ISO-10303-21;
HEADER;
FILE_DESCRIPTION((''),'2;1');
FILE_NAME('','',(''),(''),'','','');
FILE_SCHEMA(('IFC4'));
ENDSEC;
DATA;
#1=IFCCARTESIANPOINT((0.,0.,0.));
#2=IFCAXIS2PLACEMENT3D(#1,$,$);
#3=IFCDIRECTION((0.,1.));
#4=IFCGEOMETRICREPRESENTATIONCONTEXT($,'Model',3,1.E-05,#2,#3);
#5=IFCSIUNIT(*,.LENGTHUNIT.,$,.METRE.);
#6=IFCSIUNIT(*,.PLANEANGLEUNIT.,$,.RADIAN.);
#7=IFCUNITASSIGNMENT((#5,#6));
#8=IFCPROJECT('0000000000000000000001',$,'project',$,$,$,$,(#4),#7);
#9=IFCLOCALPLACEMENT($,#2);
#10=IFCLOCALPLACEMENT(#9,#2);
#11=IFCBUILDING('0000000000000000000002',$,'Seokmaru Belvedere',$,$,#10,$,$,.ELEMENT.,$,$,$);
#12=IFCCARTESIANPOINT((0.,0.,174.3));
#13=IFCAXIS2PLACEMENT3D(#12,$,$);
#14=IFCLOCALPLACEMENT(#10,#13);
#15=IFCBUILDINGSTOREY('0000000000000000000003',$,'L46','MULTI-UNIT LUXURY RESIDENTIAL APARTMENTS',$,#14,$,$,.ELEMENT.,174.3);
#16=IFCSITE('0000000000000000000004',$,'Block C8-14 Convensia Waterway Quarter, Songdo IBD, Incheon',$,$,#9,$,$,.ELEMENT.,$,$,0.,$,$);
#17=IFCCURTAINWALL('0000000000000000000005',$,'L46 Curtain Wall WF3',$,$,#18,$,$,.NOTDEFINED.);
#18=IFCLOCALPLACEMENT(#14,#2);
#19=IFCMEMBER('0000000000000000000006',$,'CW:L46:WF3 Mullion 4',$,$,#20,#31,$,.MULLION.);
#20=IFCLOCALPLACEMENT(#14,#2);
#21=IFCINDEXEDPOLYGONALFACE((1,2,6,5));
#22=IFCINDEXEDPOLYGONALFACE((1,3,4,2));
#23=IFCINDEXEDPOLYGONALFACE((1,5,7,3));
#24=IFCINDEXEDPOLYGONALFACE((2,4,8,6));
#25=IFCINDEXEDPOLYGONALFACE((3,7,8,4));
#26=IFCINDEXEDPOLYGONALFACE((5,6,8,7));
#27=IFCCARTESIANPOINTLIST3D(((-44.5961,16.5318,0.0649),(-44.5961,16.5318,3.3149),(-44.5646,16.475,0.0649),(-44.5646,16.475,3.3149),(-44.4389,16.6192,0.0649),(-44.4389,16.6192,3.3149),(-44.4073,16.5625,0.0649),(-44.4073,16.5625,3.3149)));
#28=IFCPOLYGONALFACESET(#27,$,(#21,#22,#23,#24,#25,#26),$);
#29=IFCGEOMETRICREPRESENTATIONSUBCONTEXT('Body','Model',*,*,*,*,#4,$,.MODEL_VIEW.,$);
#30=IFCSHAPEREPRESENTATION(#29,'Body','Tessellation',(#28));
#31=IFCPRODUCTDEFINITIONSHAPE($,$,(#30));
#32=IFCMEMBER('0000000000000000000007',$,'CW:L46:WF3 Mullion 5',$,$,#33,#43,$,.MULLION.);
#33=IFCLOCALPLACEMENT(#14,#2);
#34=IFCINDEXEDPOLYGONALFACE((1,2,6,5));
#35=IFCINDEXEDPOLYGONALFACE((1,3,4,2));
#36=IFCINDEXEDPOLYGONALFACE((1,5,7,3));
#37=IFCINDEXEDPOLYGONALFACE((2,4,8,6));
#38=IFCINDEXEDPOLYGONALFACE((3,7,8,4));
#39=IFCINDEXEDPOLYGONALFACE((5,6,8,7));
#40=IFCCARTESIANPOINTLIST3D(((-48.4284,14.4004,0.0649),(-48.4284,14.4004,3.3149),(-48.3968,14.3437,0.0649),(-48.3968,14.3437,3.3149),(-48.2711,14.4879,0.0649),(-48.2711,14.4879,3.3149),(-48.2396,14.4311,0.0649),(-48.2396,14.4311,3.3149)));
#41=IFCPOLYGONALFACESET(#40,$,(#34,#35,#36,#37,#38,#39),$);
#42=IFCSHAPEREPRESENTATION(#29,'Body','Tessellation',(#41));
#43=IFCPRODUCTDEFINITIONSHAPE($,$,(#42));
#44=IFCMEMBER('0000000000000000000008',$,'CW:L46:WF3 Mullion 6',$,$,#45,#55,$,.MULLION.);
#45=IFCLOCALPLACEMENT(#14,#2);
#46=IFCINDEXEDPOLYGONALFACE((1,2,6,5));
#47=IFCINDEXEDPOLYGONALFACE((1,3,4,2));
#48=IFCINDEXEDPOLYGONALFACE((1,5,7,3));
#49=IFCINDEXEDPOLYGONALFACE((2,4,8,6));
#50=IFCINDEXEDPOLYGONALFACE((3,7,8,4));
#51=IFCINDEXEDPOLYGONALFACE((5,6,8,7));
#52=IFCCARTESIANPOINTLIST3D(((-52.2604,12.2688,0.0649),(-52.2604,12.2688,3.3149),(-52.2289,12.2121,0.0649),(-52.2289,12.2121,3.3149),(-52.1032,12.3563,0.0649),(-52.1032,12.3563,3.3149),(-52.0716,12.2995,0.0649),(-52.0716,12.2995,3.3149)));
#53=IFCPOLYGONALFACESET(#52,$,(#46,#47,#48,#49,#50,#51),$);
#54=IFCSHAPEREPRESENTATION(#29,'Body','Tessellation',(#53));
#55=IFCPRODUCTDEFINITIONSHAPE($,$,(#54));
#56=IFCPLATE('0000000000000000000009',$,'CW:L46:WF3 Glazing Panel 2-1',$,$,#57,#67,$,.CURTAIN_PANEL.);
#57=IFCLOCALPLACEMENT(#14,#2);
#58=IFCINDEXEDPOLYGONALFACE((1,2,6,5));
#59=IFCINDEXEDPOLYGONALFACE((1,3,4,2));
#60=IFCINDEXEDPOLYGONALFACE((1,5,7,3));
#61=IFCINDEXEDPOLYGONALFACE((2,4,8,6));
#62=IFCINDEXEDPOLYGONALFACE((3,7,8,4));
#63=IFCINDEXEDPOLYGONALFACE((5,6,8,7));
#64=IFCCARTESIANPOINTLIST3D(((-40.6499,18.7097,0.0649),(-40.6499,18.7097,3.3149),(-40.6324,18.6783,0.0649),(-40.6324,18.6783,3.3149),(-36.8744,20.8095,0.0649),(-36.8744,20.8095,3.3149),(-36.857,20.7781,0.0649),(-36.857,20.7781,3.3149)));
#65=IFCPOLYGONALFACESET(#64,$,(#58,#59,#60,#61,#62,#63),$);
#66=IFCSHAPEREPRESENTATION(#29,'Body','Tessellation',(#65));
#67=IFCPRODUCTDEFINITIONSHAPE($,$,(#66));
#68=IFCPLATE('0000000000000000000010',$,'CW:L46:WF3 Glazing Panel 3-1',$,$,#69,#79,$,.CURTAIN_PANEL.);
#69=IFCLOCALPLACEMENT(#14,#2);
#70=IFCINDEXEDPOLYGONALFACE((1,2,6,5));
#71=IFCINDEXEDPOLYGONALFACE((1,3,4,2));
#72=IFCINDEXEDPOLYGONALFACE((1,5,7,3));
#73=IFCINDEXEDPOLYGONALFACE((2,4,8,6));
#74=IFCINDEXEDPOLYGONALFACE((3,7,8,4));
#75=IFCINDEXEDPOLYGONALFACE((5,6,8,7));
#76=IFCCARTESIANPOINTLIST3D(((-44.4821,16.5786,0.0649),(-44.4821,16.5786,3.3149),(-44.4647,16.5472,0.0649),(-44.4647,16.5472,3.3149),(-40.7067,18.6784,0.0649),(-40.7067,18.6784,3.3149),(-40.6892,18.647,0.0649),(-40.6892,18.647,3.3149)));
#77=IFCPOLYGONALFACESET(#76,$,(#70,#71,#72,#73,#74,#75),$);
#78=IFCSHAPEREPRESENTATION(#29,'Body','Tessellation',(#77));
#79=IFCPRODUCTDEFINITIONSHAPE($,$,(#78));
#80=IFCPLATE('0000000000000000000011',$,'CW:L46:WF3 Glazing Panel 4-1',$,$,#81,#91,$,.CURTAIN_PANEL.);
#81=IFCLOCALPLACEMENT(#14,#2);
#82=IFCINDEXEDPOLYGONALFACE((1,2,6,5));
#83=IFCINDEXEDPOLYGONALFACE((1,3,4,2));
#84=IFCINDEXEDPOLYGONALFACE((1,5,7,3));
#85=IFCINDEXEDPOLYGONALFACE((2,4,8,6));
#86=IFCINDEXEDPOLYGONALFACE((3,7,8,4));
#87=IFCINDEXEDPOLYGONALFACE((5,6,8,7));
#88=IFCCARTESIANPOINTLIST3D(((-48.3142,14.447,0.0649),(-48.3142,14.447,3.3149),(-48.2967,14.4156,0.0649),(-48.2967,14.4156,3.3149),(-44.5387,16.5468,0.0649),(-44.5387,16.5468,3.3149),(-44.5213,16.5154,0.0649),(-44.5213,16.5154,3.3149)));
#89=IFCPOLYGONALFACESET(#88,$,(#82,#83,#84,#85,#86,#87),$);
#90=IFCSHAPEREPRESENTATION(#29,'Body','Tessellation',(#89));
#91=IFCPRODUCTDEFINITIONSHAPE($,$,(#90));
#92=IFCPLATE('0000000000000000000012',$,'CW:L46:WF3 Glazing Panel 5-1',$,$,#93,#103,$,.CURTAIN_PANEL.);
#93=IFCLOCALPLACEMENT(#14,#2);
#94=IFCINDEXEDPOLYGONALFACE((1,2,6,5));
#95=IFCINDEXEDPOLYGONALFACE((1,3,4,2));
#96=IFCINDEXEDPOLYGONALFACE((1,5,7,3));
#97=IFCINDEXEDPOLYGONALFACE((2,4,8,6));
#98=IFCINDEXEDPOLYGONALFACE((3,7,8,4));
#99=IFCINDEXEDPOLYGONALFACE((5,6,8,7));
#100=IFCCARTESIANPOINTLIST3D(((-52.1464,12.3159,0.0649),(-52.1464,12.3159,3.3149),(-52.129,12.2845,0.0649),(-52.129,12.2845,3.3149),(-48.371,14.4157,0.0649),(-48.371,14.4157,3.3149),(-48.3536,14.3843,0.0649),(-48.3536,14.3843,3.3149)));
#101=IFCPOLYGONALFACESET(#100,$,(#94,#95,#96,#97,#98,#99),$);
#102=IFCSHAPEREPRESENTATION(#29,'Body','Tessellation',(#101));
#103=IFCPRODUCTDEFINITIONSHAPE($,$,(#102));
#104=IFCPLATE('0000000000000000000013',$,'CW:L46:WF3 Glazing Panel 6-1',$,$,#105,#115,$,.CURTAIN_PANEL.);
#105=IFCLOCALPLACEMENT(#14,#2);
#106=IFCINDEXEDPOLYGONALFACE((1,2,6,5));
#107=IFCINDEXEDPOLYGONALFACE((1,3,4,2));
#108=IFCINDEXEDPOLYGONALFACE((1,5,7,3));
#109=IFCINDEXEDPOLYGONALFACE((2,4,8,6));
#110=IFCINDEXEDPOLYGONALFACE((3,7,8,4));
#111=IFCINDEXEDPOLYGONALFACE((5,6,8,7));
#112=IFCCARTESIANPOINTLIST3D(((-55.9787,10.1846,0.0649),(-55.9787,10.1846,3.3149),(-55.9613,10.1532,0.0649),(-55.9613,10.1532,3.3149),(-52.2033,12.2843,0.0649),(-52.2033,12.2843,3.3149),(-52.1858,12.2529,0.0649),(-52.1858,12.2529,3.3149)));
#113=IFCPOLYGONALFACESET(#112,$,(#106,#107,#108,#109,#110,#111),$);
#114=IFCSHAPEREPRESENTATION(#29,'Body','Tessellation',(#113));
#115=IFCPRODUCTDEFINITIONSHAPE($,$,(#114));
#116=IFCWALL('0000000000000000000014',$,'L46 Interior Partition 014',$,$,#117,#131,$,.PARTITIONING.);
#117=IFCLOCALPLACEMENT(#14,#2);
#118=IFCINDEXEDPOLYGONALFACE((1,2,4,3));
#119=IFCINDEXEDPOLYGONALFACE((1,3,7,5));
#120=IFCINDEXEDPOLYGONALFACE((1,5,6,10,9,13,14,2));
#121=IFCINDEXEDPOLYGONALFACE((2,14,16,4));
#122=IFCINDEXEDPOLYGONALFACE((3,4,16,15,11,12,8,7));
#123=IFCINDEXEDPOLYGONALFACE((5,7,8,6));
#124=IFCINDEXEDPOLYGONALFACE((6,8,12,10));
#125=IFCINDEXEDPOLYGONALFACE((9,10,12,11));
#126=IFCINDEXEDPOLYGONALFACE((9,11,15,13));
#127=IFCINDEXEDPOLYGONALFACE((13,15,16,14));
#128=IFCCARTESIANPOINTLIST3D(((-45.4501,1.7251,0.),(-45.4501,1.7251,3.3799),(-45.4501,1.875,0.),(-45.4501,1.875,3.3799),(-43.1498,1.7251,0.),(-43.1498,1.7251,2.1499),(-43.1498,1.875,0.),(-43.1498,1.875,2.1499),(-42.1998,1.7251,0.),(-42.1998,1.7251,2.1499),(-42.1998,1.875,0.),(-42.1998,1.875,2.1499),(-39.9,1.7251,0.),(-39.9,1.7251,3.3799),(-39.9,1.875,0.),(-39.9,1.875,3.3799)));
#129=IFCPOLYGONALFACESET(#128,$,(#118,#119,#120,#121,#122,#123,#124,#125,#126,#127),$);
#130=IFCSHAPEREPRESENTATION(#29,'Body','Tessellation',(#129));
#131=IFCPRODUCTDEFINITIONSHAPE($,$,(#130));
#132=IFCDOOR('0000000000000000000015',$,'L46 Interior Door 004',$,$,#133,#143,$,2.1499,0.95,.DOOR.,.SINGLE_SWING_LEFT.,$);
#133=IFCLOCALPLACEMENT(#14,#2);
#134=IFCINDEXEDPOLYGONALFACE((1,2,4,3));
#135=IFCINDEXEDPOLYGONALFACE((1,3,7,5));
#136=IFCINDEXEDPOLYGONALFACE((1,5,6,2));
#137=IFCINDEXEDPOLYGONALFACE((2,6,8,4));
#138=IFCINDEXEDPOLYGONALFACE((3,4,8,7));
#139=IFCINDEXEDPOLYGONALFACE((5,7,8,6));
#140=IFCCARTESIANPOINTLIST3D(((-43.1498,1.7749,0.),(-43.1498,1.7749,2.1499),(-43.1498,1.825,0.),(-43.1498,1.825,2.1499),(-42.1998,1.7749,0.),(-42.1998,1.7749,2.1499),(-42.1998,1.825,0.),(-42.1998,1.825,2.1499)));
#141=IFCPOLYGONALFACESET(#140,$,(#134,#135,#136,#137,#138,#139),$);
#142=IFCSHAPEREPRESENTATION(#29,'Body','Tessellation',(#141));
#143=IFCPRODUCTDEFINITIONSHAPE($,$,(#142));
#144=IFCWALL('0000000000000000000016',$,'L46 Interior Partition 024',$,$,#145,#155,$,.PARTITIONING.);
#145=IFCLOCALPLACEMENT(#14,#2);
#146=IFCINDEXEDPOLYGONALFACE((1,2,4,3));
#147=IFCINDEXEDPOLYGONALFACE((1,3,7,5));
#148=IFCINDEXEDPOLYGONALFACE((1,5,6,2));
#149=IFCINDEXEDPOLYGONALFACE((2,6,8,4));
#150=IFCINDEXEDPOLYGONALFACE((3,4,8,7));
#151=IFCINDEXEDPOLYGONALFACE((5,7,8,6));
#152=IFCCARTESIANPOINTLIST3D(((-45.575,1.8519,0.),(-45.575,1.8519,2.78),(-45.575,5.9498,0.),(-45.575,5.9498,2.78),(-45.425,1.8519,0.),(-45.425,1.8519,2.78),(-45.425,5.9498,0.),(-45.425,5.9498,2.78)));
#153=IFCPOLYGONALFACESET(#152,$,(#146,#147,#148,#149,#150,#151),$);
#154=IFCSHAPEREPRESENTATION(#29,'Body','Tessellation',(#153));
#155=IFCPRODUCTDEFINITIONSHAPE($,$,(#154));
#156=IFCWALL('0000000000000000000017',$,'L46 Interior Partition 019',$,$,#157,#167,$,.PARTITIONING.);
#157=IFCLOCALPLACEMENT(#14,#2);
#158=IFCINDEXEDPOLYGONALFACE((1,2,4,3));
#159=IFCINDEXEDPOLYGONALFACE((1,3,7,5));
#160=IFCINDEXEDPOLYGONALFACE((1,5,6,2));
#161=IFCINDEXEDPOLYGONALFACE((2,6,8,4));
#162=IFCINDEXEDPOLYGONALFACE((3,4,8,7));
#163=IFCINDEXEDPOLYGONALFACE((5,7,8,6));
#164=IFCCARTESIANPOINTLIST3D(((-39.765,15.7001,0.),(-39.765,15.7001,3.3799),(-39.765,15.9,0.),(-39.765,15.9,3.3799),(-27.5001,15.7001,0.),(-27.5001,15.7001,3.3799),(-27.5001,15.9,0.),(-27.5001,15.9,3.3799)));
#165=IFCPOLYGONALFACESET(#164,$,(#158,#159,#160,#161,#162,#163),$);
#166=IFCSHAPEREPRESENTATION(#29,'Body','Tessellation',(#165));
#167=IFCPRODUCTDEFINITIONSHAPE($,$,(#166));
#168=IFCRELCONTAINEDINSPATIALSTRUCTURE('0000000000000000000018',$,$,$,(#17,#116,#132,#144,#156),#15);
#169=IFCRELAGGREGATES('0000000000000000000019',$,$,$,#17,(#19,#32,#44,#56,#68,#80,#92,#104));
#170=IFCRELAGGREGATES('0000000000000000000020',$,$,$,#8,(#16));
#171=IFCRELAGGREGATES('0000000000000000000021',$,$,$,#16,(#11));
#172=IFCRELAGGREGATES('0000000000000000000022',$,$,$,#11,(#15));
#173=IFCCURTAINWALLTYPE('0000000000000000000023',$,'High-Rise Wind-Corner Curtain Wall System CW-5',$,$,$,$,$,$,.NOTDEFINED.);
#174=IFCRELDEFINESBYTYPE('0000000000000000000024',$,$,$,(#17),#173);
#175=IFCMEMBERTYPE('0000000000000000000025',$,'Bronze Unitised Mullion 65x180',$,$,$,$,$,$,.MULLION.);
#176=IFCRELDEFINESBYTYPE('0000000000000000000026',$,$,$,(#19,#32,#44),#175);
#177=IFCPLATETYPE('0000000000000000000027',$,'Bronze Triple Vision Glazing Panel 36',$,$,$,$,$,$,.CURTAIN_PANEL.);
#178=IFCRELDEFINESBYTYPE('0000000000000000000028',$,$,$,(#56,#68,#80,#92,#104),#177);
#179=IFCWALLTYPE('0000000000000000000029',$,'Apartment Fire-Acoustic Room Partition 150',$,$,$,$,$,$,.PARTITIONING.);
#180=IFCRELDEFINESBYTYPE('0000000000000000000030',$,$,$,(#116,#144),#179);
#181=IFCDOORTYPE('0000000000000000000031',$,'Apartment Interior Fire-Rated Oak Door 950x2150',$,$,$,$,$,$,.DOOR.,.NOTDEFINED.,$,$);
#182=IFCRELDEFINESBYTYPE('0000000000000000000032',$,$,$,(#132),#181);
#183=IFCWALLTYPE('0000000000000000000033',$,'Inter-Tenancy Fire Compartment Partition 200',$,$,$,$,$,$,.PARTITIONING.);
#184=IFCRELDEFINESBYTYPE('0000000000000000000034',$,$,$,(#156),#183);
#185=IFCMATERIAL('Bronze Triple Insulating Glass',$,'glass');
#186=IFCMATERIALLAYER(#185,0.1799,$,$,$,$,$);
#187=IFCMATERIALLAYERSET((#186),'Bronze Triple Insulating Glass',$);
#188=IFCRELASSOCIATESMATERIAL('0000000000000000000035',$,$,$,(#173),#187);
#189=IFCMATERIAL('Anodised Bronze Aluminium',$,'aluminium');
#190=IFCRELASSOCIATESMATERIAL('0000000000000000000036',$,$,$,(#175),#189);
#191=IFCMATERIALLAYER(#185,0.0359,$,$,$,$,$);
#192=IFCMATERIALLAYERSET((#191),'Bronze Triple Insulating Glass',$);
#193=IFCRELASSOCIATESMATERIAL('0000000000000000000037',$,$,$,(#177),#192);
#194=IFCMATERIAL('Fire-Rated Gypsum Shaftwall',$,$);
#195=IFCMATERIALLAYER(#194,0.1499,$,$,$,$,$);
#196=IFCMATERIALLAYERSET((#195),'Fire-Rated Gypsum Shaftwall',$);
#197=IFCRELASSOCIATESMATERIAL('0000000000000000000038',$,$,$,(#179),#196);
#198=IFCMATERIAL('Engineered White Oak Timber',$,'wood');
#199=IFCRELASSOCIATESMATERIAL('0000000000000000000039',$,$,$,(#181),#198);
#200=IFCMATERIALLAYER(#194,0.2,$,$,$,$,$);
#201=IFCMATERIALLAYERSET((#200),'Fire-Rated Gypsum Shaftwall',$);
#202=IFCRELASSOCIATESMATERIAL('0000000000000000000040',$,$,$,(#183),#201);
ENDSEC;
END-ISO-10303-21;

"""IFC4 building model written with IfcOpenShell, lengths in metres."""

from ifc_helpers import new_model, si_unit, direction, frame, frame_2d, origin, origin_2d, place, context, subcontext, project, spatial, rectangle, extrude, source, transform, mapped, material, layer, layer_set, material_profile, profile_set, type_object, type_shapes, element, fill, aggregate, save


model = new_model("IFC4")

# Units and contexts
model_context = context("Model", 3, precision=1e-05, world=origin(), true_north=direction((0.0, 1.0)))
body_context = subcontext(model_context, "Body", "Model", "MODEL_VIEW")
ifc_project = project(units=[si_unit("LENGTHUNIT", "METRE"), si_unit("PLANEANGLEUNIT", "RADIAN")], contexts=[model_context])

# Site, building, storey
site_placement = place(None, origin())
site = spatial("IfcSite", under=ifc_project, at=site_placement, Name="Block C8-14 Convensia Waterway Quarter, Songdo IBD, Incheon", CompositionType="ELEMENT", RefElevation=0.0)
building_placement = place(site_placement, origin())
building = spatial("IfcBuilding", under=site, at=building_placement, Name="Seokmaru Belvedere", CompositionType="ELEMENT")
storey_placement = place(building_placement, frame((0.0, 0.0, 174.3)))
storey = spatial("IfcBuildingStorey", under=building, at=storey_placement, Name="L46", Description="MULTI-UNIT LUXURY RESIDENTIAL APARTMENTS", CompositionType="ELEMENT", Elevation=174.3)

# Curtain wall, members, plates
ifc_material_1 = material(Name="Bronze Triple Insulating Glass", Category="glass")
ifc_layer_1 = layer(ifc_material_1, 0.1799)
ifc_layer_set_1 = layer_set([ifc_layer_1], Name="Bronze Triple Insulating Glass")
curtain_wall_type = type_object("IfcCurtainWallType", Name="High-Rise Wind-Corner Curtain Wall System CW-5", PredefinedType="NOTDEFINED", material=ifc_layer_set_1)
curtain_wall_placement = place(storey_placement, origin())
curtain_wall = element("IfcCurtainWall", 1, at=curtain_wall_placement, inside=storey, type_object=curtain_wall_type, Name="L46 Curtain Wall WF3", PredefinedType="NOTDEFINED")
ifc_material_2 = material(Name="Anodised Bronze Aluminium", Category="aluminium")
ifc_material_profile_1 = material_profile(ifc_material_2, rectangle(XDim=0.0649, YDim=0.1799, at=origin_2d()), Name="CW-M-65x180")
ifc_profile_set_1 = profile_set([ifc_material_profile_1], Name="Anodised Bronze Aluminium")
member_type = type_object("IfcMemberType", Name="Bronze Unitised Mullion 65x180", PredefinedType="MULLION", material=ifc_profile_set_1)
shared_shape_1 = source(origin(), body_context, "Body", "SweptSolid", [
    extrude(rectangle(XDim=0.0649, YDim=0.1799, at=origin_2d()), origin(), (0.0, 0.0, 1.0), 3.25),
])
type_shapes(member_type, [shared_shape_1])
member_1_placement = place(storey_placement, frame((-44.5017, 16.5471, 0.0649), z_axis=(0.0, 0.0, 1.0), x_axis=(0.486047, -0.873933, 0.0)))
member_1 = element("IfcMember", 2, at=member_1_placement, type_object=member_type, Name="CW:L46:WF3 Mullion 4", PredefinedType="MULLION", context=body_context, shape_type="MappedRepresentation", body=[
    mapped(shared_shape_1, transform((0.0, 0.0, 0.0), scale=1.0)),
])
member_2_placement = place(storey_placement, frame((-48.334, 14.4158, 0.0649), z_axis=(0.0, 0.0, 1.0), x_axis=(0.486047, -0.873933, 0.0)))
member_2 = element("IfcMember", 3, at=member_2_placement, type_object=member_type, Name="CW:L46:WF3 Mullion 5", PredefinedType="MULLION", context=body_context, shape_type="MappedRepresentation", body=[
    mapped(shared_shape_1, transform((0.0, 0.0, 0.0), scale=1.0)),
])
member_3_placement = place(storey_placement, frame((-52.166, 12.2842, 0.0649), z_axis=(0.0, 0.0, 1.0), x_axis=(0.486047, -0.873933, 0.0)))
member_3 = element("IfcMember", 4, at=member_3_placement, type_object=member_type, Name="CW:L46:WF3 Mullion 6", PredefinedType="MULLION", context=body_context, shape_type="MappedRepresentation", body=[
    mapped(shared_shape_1, transform((0.0, 0.0, 0.0), scale=1.0)),
])
ifc_layer_2 = layer(ifc_material_1, 0.0359)
ifc_layer_set_2 = layer_set([ifc_layer_2], Name="Bronze Triple Insulating Glass")
plate_type = type_object("IfcPlateType", Name="Bronze Triple Vision Glazing Panel 36", PredefinedType="CURTAIN_PANEL", material=ifc_layer_set_2)
shared_shape_2 = source(origin(), body_context, "Body", "SweptSolid", [
    extrude(rectangle(XDim=4.3201, YDim=0.0359, at=origin_2d()), origin(), (0.0, 0.0, 1.0), 3.25),
])
type_shapes(plate_type, [shared_shape_2])
plate_1_placement = place(storey_placement, frame((-38.7534, 19.7439, 0.0649), z_axis=(0.0, 0.0, 1.0), x_axis=(-0.873933, -0.486047, 0.0)))
plate_1 = element("IfcPlate", 5, at=plate_1_placement, type_object=plate_type, Name="CW:L46:WF3 Glazing Panel 2-1", PredefinedType="CURTAIN_PANEL", context=body_context, shape_type="MappedRepresentation", body=[
    mapped(shared_shape_2, transform((0.0, 0.0, 0.0), scale=1.0)),
])
plate_2_placement = place(storey_placement, frame((-42.5857, 17.6128, 0.0649), z_axis=(0.0, 0.0, 1.0), x_axis=(-0.873933, -0.486047, 0.0)))
plate_2 = element("IfcPlate", 6, at=plate_2_placement, type_object=plate_type, Name="CW:L46:WF3 Glazing Panel 3-1", PredefinedType="CURTAIN_PANEL", context=body_context, shape_type="MappedRepresentation", body=[
    mapped(shared_shape_2, transform((0.0, 0.0, 0.0), scale=1.0)),
])
plate_3_placement = place(storey_placement, frame((-46.4177, 15.4812, 0.0649), z_axis=(0.0, 0.0, 1.0), x_axis=(-0.873933, -0.486047, 0.0)))
plate_3 = element("IfcPlate", 7, at=plate_3_placement, type_object=plate_type, Name="CW:L46:WF3 Glazing Panel 4-1", PredefinedType="CURTAIN_PANEL", context=body_context, shape_type="MappedRepresentation", body=[
    mapped(shared_shape_2, transform((0.0, 0.0, 0.0), scale=1.0)),
])
plate_4_placement = place(storey_placement, frame((-50.25, 13.3501, 0.0649), z_axis=(0.0, 0.0, 1.0), x_axis=(-0.873933, -0.486047, 0.0)))
plate_4 = element("IfcPlate", 8, at=plate_4_placement, type_object=plate_type, Name="CW:L46:WF3 Glazing Panel 5-1", PredefinedType="CURTAIN_PANEL", context=body_context, shape_type="MappedRepresentation", body=[
    mapped(shared_shape_2, transform((0.0, 0.0, 0.0), scale=1.0)),
])
plate_5_placement = place(storey_placement, frame((-54.0823, 11.2188, 0.0649), z_axis=(0.0, 0.0, 1.0), x_axis=(-0.873933, -0.486047, 0.0)))
plate_5 = element("IfcPlate", 9, at=plate_5_placement, type_object=plate_type, Name="CW:L46:WF3 Glazing Panel 6-1", PredefinedType="CURTAIN_PANEL", context=body_context, shape_type="MappedRepresentation", body=[
    mapped(shared_shape_2, transform((0.0, 0.0, 0.0), scale=1.0)),
])
aggregate(curtain_wall, [member_1, member_2, member_3, plate_1, plate_2, plate_3, plate_4, plate_5])

# Wall, opening, door
ifc_material_3 = material(Name="Fire-Rated Gypsum Shaftwall")
ifc_layer_3 = layer(ifc_material_3, 0.1499)
ifc_layer_set_3 = layer_set([ifc_layer_3], Name="Fire-Rated Gypsum Shaftwall")
wall_type_1 = type_object("IfcWallType", Name="Apartment Fire-Acoustic Room Partition 150", PredefinedType="PARTITIONING", material=ifc_layer_set_3)
wall_1_placement = place(storey_placement, frame((-45.45, 1.8, 0.0), z_axis=(0.0, 0.0, 1.0), x_axis=(1.0, 0.0, 0.0)))
wall_1 = element("IfcWall", 10, at=wall_1_placement, inside=storey, type_object=wall_type_1, Name="L46 Interior Partition 014", PredefinedType="PARTITIONING", context=body_context, shape_type="SweptSolid", body=[
    extrude(rectangle(XDim=5.55, YDim=0.1499, at=frame_2d((2.7749, 0.0))), origin(), (0.0, 0.0, 1.0), 3.3799),
])
opening_placement = place(wall_1_placement, frame((2.3, 0.0, 0.0)))
opening = element("IfcOpeningElement", 11, at=opening_placement, cuts=wall_1, PredefinedType="OPENING", context=body_context, shape_type="SweptSolid", body=[
    extrude(rectangle(XDim=0.95, YDim=2.1499, at=frame_2d((0.4751, 1.075))), frame((0.0, 0.085, 0.0), z_axis=(0.0, -1.0, 0.0), x_axis=(1.0, 0.0, 0.0)), (0.0, 0.0, 1.0), 0.1699),
])
ifc_material_4 = material(Name="Engineered White Oak Timber", Category="wood")
door_type = type_object("IfcDoorType", Name="Apartment Interior Fire-Rated Oak Door 950x2150", OperationType="NOTDEFINED", PredefinedType="DOOR", material=ifc_material_4)
shared_shape_3 = source(origin(), body_context, "Body", "SweptSolid", [
    extrude(rectangle(XDim=0.95, YDim=2.1499, at=frame_2d((0.4751, 1.075))), frame((0.0, 0.0249, 0.0), z_axis=(0.0, -1.0, 0.0), x_axis=(1.0, 0.0, 0.0)), (0.0, 0.0, 1.0), 0.05),
])
type_shapes(door_type, [shared_shape_3])
door_placement = place(opening_placement, origin())
door = element("IfcDoor", 12, at=door_placement, inside=storey, type_object=door_type, Name="L46 Interior Door 004", OperationType="SINGLE_SWING_LEFT", OverallHeight=2.1499, OverallWidth=0.95, PredefinedType="DOOR", context=body_context, shape_type="MappedRepresentation", body=[
    mapped(shared_shape_3, transform((0.0, 0.0, 0.0), scale=1.0)),
])
fill(opening, door)

# Walls
wall_2_placement = place(storey_placement, frame((-45.5, 1.8521, 0.0), z_axis=(0.0, 0.0, 1.0), x_axis=(0.0, 1.0, 0.0)))
element("IfcWall", 13, at=wall_2_placement, inside=storey, type_object=wall_type_1, Name="L46 Interior Partition 024", PredefinedType="PARTITIONING", context=body_context, shape_type="SweptSolid", body=[
    extrude(rectangle(XDim=4.0979, YDim=0.1499, at=frame_2d((2.0488, 0.0))), origin(), (0.0, 0.0, 1.0), 2.78),
])
ifc_layer_4 = layer(ifc_material_3, 0.2)
ifc_layer_set_4 = layer_set([ifc_layer_4], Name="Fire-Rated Gypsum Shaftwall")
wall_type_2 = type_object("IfcWallType", Name="Inter-Tenancy Fire Compartment Partition 200", PredefinedType="PARTITIONING", material=ifc_layer_set_4)
wall_3_placement = place(storey_placement, frame((-39.7649, 15.8, 0.0), z_axis=(0.0, 0.0, 1.0), x_axis=(1.0, 0.0, 0.0)))
element("IfcWall", 14, at=wall_3_placement, inside=storey, type_object=wall_type_2, Name="L46 Interior Partition 019", PredefinedType="PARTITIONING", context=body_context, shape_type="SweptSolid", body=[
    extrude(rectangle(XDim=12.2649, YDim=0.2, at=frame_2d((6.1323, 0.0))), origin(), (0.0, 0.0, 1.0), 3.3799),
])

save(model, "model.ifc")
